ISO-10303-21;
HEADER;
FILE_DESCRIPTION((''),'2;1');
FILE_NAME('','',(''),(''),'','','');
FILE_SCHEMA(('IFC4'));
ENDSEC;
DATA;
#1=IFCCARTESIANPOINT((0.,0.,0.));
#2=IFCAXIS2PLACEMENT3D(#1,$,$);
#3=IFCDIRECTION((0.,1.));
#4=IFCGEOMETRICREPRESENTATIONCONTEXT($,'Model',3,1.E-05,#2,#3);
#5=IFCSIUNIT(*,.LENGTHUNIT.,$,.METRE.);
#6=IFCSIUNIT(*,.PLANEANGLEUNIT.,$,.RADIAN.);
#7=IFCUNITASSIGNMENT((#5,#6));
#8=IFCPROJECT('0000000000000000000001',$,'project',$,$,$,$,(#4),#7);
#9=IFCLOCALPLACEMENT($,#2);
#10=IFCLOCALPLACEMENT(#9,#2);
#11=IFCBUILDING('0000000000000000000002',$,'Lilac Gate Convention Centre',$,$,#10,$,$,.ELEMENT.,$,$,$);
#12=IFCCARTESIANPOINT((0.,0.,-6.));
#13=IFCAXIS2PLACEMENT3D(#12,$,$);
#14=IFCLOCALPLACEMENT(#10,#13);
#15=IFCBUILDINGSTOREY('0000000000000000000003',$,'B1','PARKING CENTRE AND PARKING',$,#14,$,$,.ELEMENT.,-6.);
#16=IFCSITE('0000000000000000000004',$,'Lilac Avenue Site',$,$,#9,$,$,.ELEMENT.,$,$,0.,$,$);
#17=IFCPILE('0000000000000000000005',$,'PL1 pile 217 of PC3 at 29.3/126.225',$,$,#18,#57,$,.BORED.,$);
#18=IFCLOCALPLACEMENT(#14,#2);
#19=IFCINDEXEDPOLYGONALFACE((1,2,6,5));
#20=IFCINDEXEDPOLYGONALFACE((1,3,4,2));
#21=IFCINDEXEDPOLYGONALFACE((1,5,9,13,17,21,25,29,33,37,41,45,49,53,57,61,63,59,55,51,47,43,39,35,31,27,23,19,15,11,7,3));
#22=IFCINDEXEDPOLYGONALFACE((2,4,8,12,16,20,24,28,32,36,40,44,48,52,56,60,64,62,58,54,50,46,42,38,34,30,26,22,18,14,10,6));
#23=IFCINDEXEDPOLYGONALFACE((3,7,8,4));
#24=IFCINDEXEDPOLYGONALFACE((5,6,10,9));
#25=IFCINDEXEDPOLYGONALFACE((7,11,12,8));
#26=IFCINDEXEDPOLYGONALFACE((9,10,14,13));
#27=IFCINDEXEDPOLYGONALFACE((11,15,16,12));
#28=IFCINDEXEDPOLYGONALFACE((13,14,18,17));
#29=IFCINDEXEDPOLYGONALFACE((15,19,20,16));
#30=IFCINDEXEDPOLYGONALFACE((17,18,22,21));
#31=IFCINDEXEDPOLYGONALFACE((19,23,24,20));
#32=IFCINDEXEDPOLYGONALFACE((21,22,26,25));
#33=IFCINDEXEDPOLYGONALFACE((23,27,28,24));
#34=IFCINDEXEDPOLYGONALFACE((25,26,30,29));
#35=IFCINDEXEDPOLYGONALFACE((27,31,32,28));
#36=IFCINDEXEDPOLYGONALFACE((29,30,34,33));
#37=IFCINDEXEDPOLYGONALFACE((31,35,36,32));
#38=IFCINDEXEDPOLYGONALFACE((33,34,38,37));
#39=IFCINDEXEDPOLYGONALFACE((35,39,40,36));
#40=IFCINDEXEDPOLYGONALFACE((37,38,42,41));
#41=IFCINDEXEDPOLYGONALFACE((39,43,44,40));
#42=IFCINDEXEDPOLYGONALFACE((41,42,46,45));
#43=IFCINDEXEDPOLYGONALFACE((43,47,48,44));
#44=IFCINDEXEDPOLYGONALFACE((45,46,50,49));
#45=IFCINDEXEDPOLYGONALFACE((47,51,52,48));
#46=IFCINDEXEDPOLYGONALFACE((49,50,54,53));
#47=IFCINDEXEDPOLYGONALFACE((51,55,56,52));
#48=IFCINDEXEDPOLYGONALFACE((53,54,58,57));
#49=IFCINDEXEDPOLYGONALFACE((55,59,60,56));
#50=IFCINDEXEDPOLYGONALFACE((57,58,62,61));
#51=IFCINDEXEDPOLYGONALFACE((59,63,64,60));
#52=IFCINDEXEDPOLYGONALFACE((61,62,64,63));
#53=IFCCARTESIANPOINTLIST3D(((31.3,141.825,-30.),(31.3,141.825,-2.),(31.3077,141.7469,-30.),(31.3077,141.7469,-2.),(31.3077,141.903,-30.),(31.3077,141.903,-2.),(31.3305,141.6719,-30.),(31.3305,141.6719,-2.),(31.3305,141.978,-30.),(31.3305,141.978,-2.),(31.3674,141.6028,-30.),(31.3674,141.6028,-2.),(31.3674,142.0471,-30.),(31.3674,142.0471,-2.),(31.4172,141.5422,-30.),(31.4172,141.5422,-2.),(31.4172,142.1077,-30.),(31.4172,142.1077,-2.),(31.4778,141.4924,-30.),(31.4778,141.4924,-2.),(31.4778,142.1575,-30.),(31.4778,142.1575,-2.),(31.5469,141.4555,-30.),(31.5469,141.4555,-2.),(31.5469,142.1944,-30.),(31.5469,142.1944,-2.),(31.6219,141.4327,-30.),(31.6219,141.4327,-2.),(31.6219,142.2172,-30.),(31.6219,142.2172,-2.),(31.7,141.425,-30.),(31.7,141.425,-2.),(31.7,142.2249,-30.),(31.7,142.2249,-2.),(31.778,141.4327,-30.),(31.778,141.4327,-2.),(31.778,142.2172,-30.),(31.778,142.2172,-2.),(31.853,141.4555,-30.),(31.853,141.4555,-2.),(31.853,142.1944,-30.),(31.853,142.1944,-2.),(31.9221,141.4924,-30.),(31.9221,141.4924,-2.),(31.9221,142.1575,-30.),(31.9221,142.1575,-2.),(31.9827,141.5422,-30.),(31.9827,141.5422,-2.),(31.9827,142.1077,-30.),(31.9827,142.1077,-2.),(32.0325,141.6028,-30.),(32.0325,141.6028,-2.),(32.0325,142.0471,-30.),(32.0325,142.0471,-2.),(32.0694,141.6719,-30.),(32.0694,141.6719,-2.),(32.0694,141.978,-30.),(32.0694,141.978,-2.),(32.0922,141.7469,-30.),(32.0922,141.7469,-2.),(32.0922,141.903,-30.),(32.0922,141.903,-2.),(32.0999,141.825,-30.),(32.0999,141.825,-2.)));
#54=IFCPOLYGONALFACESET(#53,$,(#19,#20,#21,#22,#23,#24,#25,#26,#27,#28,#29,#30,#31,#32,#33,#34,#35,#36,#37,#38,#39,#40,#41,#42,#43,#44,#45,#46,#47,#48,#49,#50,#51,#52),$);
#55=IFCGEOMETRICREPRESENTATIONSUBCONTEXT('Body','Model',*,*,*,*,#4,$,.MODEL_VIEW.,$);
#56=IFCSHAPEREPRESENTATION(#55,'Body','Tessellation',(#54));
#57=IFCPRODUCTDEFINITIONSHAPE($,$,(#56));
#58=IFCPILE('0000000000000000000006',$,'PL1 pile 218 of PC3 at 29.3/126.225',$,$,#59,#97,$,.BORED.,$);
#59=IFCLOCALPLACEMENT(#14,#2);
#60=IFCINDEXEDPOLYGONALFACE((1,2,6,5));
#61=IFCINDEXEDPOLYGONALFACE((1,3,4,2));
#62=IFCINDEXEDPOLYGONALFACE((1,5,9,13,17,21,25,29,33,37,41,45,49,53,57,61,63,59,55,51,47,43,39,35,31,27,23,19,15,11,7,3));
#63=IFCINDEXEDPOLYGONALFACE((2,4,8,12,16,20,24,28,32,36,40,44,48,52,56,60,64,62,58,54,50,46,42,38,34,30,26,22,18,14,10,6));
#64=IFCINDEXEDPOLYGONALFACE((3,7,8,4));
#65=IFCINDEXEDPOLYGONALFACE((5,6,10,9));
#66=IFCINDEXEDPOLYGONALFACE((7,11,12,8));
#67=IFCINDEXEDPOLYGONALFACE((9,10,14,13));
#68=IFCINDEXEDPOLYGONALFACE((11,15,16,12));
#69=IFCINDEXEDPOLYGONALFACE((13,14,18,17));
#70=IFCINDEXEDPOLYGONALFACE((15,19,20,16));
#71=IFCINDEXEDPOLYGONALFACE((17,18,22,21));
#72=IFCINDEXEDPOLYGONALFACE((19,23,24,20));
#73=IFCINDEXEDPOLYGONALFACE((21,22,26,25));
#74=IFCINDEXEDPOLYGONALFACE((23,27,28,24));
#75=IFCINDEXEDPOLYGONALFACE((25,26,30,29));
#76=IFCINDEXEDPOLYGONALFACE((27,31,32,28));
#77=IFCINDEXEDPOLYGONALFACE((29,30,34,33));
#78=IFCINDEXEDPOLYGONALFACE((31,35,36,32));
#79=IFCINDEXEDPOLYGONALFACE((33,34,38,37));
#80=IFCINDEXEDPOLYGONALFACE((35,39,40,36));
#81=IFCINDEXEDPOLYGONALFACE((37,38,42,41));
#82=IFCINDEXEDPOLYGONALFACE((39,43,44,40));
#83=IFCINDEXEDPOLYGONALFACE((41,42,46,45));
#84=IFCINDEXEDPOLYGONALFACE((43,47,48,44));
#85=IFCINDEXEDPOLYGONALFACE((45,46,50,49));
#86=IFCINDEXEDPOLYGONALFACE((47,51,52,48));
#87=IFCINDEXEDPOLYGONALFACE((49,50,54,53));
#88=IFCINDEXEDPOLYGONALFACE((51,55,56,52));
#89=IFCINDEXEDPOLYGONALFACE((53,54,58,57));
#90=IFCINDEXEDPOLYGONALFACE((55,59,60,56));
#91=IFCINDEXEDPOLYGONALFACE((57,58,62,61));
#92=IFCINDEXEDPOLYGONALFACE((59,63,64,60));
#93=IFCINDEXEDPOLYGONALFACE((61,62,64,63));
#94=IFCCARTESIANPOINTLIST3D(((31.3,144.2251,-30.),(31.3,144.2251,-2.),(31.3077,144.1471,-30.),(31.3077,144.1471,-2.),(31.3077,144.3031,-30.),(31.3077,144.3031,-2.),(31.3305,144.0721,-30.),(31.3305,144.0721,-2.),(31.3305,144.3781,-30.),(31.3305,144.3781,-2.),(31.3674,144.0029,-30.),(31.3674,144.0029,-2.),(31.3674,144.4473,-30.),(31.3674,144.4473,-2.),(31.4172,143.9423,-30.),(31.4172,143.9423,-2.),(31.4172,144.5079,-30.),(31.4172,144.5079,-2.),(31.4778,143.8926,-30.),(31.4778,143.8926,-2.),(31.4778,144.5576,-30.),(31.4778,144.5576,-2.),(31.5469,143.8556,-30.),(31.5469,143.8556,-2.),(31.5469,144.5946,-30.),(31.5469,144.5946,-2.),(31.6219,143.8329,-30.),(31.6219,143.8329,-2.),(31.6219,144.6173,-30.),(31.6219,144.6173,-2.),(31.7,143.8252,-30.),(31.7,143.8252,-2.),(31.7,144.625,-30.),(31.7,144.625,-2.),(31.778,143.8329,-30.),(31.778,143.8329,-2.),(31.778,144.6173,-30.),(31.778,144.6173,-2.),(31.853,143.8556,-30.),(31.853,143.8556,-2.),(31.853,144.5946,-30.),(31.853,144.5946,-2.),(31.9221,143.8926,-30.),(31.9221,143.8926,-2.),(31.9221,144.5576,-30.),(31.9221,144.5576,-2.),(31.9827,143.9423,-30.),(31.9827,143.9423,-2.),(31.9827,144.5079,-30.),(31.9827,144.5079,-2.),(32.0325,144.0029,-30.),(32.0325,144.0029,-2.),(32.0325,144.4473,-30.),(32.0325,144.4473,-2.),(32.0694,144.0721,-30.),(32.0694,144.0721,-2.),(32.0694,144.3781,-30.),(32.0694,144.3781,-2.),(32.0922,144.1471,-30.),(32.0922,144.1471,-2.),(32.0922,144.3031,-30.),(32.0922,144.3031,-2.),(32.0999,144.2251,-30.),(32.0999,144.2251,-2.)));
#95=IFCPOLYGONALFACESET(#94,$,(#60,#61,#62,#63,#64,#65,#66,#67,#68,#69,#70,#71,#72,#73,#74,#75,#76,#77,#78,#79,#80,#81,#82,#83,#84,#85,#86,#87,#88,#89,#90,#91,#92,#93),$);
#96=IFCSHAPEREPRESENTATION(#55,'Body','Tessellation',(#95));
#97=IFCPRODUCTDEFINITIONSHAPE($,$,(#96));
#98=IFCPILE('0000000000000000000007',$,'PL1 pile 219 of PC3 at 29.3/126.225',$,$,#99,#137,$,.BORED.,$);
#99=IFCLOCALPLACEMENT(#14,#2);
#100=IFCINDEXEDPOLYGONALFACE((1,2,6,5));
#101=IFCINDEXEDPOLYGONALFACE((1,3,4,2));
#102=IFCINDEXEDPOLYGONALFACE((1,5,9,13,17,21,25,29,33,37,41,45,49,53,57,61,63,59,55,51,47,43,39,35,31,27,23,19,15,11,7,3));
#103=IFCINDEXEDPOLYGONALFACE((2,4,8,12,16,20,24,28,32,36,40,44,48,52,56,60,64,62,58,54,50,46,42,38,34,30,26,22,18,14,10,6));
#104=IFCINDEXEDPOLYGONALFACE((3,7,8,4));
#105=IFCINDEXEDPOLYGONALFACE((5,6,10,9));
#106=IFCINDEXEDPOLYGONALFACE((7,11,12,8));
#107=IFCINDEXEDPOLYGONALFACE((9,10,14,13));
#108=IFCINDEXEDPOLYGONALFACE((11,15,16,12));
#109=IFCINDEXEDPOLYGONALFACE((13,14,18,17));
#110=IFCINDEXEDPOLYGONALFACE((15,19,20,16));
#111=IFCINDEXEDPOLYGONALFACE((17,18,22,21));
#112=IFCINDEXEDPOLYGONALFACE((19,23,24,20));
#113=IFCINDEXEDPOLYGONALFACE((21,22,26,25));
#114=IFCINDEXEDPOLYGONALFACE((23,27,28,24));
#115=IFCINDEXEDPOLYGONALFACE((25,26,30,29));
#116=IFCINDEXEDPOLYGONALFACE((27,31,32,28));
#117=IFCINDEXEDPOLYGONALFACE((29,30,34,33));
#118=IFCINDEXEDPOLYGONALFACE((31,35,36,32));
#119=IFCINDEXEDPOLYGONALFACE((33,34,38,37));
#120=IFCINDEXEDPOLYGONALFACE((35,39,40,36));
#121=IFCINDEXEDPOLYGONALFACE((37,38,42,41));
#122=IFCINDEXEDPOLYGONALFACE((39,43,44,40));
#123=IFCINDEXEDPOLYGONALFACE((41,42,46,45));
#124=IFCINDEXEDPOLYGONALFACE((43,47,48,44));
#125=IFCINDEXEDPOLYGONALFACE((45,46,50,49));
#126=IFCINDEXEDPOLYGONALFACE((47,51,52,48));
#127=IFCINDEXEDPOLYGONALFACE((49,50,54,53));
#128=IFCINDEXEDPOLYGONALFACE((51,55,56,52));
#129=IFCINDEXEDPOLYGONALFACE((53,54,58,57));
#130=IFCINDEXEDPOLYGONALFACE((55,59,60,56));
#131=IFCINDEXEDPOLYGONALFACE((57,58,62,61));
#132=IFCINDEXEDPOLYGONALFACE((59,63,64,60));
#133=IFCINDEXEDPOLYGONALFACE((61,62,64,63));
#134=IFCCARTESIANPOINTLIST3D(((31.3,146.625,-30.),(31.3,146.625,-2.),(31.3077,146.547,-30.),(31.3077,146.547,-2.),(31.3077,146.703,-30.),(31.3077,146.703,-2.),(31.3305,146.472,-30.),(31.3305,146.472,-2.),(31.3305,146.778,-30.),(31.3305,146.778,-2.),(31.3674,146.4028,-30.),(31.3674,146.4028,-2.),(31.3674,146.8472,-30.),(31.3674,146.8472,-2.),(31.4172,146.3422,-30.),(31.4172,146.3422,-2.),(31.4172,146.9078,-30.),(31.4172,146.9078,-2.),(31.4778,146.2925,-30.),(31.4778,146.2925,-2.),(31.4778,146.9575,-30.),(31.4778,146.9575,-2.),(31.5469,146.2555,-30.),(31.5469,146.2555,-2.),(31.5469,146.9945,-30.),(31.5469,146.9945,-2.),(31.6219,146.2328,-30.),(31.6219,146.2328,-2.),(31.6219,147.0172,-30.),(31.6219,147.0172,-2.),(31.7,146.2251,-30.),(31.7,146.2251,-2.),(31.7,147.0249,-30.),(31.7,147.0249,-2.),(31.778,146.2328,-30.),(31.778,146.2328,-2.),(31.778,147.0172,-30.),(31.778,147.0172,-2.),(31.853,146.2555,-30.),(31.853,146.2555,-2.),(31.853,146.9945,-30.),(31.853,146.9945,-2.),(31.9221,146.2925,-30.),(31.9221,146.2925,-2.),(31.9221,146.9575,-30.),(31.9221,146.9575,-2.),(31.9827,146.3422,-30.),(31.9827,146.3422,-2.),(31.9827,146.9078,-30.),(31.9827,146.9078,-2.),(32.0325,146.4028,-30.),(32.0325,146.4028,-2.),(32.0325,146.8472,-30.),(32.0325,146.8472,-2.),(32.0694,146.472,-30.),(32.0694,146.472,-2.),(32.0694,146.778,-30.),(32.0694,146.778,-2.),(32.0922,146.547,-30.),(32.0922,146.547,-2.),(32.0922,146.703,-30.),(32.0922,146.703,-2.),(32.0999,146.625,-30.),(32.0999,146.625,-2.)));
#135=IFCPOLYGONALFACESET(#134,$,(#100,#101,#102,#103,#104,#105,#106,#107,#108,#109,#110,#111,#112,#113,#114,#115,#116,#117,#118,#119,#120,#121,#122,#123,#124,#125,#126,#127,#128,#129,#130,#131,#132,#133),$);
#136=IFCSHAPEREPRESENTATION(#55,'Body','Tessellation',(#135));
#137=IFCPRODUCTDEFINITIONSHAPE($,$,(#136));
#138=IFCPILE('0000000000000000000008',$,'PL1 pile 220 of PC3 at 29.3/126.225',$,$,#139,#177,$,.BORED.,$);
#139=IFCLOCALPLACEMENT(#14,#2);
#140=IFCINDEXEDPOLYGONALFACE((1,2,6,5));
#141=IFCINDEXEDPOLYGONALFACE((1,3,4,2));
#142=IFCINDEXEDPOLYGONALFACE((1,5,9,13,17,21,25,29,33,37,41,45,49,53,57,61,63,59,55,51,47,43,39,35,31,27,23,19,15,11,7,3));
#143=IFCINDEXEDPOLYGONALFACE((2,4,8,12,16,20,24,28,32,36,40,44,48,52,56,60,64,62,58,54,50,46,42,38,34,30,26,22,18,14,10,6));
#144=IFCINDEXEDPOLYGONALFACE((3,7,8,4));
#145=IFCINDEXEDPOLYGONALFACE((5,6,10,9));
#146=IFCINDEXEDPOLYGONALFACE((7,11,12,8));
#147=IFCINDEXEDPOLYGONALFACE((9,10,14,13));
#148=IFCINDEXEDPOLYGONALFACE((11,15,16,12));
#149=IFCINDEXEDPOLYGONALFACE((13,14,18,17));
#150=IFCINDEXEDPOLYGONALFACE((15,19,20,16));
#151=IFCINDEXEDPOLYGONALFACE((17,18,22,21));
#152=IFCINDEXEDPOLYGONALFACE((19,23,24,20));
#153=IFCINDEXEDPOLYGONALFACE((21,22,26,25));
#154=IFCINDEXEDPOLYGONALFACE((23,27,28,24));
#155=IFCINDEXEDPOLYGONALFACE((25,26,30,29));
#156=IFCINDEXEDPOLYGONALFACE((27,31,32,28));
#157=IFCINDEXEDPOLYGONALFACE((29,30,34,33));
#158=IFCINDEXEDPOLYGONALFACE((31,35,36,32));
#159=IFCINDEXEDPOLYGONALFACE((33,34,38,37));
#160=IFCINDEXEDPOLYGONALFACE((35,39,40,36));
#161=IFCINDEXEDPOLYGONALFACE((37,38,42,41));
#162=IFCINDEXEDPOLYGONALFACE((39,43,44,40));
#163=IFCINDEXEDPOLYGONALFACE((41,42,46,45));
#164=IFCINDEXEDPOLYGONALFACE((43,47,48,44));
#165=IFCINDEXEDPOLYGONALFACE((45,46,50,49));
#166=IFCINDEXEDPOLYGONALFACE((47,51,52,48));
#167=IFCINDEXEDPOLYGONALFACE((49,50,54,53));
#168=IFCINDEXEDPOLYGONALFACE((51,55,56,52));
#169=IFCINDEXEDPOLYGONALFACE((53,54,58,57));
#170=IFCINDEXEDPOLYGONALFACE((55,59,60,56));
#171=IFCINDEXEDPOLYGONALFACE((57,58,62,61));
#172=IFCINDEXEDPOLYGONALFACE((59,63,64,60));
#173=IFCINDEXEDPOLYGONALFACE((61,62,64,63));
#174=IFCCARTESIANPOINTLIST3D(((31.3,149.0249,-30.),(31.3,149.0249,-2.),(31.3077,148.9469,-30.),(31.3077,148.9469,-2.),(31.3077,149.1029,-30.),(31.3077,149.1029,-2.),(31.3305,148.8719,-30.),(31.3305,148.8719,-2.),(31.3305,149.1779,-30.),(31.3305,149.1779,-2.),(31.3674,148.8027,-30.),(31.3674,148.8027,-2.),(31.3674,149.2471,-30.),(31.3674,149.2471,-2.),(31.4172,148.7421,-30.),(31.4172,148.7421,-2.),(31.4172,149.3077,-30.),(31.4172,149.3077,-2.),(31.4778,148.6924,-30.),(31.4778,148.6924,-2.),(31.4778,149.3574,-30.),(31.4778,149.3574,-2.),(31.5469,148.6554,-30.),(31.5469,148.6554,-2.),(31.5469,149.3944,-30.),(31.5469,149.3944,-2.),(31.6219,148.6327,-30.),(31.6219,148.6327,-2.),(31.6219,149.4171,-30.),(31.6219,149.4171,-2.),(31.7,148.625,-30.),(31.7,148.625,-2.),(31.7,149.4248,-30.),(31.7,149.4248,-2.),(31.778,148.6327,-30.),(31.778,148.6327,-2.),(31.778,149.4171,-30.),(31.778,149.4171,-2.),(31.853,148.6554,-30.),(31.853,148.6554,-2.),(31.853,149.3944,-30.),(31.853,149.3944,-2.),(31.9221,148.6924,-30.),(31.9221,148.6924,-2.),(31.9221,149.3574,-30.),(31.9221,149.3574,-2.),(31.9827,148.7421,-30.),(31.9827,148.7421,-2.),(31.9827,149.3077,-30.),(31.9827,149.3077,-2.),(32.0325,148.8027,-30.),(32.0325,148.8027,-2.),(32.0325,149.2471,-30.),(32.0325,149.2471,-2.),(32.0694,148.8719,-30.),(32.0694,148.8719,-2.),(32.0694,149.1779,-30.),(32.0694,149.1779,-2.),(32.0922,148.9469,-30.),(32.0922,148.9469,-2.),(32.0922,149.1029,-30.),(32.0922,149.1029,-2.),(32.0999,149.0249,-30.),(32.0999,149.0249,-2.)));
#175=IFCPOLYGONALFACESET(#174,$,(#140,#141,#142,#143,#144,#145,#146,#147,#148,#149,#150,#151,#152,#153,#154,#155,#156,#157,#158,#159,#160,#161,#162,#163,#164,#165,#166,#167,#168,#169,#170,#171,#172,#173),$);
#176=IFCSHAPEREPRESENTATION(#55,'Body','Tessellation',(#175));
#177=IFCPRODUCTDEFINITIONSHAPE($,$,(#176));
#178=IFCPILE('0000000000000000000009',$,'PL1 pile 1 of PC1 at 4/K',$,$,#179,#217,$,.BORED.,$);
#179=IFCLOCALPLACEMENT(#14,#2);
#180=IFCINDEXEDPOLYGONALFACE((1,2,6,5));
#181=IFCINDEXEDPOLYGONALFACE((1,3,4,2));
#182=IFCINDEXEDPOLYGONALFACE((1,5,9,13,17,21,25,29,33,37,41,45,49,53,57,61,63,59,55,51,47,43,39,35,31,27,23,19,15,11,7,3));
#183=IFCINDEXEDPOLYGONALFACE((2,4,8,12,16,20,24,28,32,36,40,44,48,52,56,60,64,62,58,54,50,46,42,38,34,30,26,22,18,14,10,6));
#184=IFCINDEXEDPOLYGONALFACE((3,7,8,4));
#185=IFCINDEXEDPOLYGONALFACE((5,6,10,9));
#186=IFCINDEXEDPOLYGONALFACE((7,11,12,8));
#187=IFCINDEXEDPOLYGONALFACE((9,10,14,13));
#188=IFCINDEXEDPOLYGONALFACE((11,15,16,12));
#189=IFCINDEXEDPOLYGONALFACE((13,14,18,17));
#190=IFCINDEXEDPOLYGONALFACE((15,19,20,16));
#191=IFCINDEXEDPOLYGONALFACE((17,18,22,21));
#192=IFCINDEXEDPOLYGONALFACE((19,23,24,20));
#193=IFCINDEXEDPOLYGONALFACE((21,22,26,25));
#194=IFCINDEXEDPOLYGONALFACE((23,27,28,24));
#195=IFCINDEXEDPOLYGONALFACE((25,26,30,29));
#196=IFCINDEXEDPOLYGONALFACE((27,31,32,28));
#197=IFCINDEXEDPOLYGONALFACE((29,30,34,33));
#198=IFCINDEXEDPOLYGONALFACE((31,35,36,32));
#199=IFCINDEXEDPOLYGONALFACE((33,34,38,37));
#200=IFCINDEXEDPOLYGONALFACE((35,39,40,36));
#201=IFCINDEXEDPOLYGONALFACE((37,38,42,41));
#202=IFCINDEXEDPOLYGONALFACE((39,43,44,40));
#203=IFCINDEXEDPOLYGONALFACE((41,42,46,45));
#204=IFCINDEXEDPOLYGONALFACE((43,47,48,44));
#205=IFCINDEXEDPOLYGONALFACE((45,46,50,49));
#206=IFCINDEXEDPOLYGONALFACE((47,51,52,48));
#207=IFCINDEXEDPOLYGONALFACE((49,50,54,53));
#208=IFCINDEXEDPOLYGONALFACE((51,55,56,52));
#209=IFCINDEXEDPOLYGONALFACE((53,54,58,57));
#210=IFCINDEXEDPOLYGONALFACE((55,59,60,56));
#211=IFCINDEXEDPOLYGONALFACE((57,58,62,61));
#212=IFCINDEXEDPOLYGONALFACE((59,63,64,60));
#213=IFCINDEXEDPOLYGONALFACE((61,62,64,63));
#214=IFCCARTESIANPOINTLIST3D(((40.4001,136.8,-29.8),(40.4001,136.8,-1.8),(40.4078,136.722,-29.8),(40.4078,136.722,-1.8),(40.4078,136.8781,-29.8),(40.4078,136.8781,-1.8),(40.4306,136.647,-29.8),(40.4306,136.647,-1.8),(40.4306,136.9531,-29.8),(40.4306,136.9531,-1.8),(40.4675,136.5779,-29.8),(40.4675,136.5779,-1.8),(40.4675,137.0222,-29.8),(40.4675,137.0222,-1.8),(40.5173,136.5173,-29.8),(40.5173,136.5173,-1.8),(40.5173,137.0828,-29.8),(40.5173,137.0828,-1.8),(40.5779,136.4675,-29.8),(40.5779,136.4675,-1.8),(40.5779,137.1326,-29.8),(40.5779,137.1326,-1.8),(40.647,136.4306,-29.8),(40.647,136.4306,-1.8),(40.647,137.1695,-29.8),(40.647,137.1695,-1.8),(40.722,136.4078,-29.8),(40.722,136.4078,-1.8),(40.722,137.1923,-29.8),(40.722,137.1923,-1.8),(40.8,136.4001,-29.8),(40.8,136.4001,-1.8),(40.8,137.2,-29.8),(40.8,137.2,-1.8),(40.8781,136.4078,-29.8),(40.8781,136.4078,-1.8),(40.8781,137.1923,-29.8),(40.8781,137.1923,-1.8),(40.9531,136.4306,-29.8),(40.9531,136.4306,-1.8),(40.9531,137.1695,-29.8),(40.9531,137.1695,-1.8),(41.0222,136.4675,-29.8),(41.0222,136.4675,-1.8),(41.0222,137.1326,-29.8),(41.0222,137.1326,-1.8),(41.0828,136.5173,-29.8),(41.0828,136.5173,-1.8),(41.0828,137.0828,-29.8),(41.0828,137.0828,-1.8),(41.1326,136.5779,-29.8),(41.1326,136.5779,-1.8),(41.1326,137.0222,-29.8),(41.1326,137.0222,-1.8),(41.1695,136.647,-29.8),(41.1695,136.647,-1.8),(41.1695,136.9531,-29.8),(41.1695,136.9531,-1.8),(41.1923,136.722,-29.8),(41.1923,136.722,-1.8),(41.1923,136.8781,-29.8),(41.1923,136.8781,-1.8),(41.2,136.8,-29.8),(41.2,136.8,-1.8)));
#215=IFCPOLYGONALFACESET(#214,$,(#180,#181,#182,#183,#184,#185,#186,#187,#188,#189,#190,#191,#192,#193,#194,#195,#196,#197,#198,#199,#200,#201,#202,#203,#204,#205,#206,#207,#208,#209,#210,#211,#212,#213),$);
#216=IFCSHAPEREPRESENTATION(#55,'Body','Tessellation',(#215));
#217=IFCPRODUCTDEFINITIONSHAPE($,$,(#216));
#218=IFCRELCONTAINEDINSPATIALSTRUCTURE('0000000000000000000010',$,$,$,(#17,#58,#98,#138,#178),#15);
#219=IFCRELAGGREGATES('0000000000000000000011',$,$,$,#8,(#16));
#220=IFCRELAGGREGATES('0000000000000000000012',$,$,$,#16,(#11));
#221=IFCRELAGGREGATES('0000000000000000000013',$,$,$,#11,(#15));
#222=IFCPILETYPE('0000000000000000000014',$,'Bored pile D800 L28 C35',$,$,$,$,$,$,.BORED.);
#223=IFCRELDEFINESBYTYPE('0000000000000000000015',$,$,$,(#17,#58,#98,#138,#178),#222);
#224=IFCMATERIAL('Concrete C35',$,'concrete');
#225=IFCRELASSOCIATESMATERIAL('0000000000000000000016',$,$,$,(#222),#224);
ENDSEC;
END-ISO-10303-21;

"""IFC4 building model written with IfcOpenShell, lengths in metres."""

from ifc_helpers import new_model, si_unit, direction, frame, origin, origin_2d, place, context, subcontext, project, spatial, circle, extrude, material, material_profile, profile_set, type_object, element, save


model = new_model("IFC4")

# Units and contexts
model_context = context("Model", 3, precision=1e-05, world=origin(), true_north=direction((0.0, 1.0)))
body_context = subcontext(model_context, "Body", "Model", "MODEL_VIEW")
ifc_project = project(units=[si_unit("LENGTHUNIT", "METRE"), si_unit("PLANEANGLEUNIT", "RADIAN")], contexts=[model_context])

# Site, building, storey
site_placement = place(None, origin())
site = spatial("IfcSite", under=ifc_project, at=site_placement, Name="Lilac Avenue Site", CompositionType="ELEMENT", RefElevation=0.0)
building_placement = place(site_placement, origin())
building = spatial("IfcBuilding", under=site, at=building_placement, Name="Lilac Gate Convention Centre", CompositionType="ELEMENT")
storey_placement = place(building_placement, frame((0.0, 0.0, -6.0)))
storey = spatial("IfcBuildingStorey", under=building, at=storey_placement, Name="B1", Description="PARKING CENTRE AND PARKING", CompositionType="ELEMENT", Elevation=-6.0)

# Piles
ifc_material_1 = material(Name="Concrete C35", Category="concrete")
ifc_material_profile_1 = material_profile(ifc_material_1, circle(Radius=0.3999, at=origin_2d()), Name="D800")
ifc_profile_set_1 = profile_set([ifc_material_profile_1], Name="Concrete C35")
pile_type = type_object("IfcPileType", Name="Bored pile D800 L28 C35", PredefinedType="BORED", material=ifc_profile_set_1)
for number, where, z_axis, x_axis, name in (
    (1, (31.7, 141.825, -2.0), (0.0, 0.0, -1.0), (1.0, 0.0, 0.0), "PL1 pile 217 of PC3 at 29.3/126.225"),
    (2, (31.7, 144.2251, -2.0), (0.0, 0.0, -1.0), (1.0, 0.0, 0.0), "PL1 pile 218 of PC3 at 29.3/126.225"),
    (3, (31.7, 146.625, -2.0), (0.0, 0.0, -1.0), (1.0, 0.0, 0.0), "PL1 pile 219 of PC3 at 29.3/126.225"),
    (4, (31.7, 149.0249, -2.0), (0.0, 0.0, -1.0), (1.0, 0.0, 0.0), "PL1 pile 220 of PC3 at 29.3/126.225"),
    (5, (40.8, 136.8, -1.8), (0.0, 0.0, -1.0), (1.0, 0.0, 0.0), "PL1 pile 1 of PC1 at 4/K"),
):
    element("IfcPile", number, at=place(storey_placement, frame(where, z_axis=z_axis, x_axis=x_axis)), inside=storey, type_object=pile_type, Name=name, PredefinedType="BORED", context=body_context, shape_type="SweptSolid", body=[
        extrude(circle(Radius=0.3999, at=origin_2d()), origin(), (0.0, 0.0, 1.0), 28.0),
    ])

save(model, "model.ifc")
